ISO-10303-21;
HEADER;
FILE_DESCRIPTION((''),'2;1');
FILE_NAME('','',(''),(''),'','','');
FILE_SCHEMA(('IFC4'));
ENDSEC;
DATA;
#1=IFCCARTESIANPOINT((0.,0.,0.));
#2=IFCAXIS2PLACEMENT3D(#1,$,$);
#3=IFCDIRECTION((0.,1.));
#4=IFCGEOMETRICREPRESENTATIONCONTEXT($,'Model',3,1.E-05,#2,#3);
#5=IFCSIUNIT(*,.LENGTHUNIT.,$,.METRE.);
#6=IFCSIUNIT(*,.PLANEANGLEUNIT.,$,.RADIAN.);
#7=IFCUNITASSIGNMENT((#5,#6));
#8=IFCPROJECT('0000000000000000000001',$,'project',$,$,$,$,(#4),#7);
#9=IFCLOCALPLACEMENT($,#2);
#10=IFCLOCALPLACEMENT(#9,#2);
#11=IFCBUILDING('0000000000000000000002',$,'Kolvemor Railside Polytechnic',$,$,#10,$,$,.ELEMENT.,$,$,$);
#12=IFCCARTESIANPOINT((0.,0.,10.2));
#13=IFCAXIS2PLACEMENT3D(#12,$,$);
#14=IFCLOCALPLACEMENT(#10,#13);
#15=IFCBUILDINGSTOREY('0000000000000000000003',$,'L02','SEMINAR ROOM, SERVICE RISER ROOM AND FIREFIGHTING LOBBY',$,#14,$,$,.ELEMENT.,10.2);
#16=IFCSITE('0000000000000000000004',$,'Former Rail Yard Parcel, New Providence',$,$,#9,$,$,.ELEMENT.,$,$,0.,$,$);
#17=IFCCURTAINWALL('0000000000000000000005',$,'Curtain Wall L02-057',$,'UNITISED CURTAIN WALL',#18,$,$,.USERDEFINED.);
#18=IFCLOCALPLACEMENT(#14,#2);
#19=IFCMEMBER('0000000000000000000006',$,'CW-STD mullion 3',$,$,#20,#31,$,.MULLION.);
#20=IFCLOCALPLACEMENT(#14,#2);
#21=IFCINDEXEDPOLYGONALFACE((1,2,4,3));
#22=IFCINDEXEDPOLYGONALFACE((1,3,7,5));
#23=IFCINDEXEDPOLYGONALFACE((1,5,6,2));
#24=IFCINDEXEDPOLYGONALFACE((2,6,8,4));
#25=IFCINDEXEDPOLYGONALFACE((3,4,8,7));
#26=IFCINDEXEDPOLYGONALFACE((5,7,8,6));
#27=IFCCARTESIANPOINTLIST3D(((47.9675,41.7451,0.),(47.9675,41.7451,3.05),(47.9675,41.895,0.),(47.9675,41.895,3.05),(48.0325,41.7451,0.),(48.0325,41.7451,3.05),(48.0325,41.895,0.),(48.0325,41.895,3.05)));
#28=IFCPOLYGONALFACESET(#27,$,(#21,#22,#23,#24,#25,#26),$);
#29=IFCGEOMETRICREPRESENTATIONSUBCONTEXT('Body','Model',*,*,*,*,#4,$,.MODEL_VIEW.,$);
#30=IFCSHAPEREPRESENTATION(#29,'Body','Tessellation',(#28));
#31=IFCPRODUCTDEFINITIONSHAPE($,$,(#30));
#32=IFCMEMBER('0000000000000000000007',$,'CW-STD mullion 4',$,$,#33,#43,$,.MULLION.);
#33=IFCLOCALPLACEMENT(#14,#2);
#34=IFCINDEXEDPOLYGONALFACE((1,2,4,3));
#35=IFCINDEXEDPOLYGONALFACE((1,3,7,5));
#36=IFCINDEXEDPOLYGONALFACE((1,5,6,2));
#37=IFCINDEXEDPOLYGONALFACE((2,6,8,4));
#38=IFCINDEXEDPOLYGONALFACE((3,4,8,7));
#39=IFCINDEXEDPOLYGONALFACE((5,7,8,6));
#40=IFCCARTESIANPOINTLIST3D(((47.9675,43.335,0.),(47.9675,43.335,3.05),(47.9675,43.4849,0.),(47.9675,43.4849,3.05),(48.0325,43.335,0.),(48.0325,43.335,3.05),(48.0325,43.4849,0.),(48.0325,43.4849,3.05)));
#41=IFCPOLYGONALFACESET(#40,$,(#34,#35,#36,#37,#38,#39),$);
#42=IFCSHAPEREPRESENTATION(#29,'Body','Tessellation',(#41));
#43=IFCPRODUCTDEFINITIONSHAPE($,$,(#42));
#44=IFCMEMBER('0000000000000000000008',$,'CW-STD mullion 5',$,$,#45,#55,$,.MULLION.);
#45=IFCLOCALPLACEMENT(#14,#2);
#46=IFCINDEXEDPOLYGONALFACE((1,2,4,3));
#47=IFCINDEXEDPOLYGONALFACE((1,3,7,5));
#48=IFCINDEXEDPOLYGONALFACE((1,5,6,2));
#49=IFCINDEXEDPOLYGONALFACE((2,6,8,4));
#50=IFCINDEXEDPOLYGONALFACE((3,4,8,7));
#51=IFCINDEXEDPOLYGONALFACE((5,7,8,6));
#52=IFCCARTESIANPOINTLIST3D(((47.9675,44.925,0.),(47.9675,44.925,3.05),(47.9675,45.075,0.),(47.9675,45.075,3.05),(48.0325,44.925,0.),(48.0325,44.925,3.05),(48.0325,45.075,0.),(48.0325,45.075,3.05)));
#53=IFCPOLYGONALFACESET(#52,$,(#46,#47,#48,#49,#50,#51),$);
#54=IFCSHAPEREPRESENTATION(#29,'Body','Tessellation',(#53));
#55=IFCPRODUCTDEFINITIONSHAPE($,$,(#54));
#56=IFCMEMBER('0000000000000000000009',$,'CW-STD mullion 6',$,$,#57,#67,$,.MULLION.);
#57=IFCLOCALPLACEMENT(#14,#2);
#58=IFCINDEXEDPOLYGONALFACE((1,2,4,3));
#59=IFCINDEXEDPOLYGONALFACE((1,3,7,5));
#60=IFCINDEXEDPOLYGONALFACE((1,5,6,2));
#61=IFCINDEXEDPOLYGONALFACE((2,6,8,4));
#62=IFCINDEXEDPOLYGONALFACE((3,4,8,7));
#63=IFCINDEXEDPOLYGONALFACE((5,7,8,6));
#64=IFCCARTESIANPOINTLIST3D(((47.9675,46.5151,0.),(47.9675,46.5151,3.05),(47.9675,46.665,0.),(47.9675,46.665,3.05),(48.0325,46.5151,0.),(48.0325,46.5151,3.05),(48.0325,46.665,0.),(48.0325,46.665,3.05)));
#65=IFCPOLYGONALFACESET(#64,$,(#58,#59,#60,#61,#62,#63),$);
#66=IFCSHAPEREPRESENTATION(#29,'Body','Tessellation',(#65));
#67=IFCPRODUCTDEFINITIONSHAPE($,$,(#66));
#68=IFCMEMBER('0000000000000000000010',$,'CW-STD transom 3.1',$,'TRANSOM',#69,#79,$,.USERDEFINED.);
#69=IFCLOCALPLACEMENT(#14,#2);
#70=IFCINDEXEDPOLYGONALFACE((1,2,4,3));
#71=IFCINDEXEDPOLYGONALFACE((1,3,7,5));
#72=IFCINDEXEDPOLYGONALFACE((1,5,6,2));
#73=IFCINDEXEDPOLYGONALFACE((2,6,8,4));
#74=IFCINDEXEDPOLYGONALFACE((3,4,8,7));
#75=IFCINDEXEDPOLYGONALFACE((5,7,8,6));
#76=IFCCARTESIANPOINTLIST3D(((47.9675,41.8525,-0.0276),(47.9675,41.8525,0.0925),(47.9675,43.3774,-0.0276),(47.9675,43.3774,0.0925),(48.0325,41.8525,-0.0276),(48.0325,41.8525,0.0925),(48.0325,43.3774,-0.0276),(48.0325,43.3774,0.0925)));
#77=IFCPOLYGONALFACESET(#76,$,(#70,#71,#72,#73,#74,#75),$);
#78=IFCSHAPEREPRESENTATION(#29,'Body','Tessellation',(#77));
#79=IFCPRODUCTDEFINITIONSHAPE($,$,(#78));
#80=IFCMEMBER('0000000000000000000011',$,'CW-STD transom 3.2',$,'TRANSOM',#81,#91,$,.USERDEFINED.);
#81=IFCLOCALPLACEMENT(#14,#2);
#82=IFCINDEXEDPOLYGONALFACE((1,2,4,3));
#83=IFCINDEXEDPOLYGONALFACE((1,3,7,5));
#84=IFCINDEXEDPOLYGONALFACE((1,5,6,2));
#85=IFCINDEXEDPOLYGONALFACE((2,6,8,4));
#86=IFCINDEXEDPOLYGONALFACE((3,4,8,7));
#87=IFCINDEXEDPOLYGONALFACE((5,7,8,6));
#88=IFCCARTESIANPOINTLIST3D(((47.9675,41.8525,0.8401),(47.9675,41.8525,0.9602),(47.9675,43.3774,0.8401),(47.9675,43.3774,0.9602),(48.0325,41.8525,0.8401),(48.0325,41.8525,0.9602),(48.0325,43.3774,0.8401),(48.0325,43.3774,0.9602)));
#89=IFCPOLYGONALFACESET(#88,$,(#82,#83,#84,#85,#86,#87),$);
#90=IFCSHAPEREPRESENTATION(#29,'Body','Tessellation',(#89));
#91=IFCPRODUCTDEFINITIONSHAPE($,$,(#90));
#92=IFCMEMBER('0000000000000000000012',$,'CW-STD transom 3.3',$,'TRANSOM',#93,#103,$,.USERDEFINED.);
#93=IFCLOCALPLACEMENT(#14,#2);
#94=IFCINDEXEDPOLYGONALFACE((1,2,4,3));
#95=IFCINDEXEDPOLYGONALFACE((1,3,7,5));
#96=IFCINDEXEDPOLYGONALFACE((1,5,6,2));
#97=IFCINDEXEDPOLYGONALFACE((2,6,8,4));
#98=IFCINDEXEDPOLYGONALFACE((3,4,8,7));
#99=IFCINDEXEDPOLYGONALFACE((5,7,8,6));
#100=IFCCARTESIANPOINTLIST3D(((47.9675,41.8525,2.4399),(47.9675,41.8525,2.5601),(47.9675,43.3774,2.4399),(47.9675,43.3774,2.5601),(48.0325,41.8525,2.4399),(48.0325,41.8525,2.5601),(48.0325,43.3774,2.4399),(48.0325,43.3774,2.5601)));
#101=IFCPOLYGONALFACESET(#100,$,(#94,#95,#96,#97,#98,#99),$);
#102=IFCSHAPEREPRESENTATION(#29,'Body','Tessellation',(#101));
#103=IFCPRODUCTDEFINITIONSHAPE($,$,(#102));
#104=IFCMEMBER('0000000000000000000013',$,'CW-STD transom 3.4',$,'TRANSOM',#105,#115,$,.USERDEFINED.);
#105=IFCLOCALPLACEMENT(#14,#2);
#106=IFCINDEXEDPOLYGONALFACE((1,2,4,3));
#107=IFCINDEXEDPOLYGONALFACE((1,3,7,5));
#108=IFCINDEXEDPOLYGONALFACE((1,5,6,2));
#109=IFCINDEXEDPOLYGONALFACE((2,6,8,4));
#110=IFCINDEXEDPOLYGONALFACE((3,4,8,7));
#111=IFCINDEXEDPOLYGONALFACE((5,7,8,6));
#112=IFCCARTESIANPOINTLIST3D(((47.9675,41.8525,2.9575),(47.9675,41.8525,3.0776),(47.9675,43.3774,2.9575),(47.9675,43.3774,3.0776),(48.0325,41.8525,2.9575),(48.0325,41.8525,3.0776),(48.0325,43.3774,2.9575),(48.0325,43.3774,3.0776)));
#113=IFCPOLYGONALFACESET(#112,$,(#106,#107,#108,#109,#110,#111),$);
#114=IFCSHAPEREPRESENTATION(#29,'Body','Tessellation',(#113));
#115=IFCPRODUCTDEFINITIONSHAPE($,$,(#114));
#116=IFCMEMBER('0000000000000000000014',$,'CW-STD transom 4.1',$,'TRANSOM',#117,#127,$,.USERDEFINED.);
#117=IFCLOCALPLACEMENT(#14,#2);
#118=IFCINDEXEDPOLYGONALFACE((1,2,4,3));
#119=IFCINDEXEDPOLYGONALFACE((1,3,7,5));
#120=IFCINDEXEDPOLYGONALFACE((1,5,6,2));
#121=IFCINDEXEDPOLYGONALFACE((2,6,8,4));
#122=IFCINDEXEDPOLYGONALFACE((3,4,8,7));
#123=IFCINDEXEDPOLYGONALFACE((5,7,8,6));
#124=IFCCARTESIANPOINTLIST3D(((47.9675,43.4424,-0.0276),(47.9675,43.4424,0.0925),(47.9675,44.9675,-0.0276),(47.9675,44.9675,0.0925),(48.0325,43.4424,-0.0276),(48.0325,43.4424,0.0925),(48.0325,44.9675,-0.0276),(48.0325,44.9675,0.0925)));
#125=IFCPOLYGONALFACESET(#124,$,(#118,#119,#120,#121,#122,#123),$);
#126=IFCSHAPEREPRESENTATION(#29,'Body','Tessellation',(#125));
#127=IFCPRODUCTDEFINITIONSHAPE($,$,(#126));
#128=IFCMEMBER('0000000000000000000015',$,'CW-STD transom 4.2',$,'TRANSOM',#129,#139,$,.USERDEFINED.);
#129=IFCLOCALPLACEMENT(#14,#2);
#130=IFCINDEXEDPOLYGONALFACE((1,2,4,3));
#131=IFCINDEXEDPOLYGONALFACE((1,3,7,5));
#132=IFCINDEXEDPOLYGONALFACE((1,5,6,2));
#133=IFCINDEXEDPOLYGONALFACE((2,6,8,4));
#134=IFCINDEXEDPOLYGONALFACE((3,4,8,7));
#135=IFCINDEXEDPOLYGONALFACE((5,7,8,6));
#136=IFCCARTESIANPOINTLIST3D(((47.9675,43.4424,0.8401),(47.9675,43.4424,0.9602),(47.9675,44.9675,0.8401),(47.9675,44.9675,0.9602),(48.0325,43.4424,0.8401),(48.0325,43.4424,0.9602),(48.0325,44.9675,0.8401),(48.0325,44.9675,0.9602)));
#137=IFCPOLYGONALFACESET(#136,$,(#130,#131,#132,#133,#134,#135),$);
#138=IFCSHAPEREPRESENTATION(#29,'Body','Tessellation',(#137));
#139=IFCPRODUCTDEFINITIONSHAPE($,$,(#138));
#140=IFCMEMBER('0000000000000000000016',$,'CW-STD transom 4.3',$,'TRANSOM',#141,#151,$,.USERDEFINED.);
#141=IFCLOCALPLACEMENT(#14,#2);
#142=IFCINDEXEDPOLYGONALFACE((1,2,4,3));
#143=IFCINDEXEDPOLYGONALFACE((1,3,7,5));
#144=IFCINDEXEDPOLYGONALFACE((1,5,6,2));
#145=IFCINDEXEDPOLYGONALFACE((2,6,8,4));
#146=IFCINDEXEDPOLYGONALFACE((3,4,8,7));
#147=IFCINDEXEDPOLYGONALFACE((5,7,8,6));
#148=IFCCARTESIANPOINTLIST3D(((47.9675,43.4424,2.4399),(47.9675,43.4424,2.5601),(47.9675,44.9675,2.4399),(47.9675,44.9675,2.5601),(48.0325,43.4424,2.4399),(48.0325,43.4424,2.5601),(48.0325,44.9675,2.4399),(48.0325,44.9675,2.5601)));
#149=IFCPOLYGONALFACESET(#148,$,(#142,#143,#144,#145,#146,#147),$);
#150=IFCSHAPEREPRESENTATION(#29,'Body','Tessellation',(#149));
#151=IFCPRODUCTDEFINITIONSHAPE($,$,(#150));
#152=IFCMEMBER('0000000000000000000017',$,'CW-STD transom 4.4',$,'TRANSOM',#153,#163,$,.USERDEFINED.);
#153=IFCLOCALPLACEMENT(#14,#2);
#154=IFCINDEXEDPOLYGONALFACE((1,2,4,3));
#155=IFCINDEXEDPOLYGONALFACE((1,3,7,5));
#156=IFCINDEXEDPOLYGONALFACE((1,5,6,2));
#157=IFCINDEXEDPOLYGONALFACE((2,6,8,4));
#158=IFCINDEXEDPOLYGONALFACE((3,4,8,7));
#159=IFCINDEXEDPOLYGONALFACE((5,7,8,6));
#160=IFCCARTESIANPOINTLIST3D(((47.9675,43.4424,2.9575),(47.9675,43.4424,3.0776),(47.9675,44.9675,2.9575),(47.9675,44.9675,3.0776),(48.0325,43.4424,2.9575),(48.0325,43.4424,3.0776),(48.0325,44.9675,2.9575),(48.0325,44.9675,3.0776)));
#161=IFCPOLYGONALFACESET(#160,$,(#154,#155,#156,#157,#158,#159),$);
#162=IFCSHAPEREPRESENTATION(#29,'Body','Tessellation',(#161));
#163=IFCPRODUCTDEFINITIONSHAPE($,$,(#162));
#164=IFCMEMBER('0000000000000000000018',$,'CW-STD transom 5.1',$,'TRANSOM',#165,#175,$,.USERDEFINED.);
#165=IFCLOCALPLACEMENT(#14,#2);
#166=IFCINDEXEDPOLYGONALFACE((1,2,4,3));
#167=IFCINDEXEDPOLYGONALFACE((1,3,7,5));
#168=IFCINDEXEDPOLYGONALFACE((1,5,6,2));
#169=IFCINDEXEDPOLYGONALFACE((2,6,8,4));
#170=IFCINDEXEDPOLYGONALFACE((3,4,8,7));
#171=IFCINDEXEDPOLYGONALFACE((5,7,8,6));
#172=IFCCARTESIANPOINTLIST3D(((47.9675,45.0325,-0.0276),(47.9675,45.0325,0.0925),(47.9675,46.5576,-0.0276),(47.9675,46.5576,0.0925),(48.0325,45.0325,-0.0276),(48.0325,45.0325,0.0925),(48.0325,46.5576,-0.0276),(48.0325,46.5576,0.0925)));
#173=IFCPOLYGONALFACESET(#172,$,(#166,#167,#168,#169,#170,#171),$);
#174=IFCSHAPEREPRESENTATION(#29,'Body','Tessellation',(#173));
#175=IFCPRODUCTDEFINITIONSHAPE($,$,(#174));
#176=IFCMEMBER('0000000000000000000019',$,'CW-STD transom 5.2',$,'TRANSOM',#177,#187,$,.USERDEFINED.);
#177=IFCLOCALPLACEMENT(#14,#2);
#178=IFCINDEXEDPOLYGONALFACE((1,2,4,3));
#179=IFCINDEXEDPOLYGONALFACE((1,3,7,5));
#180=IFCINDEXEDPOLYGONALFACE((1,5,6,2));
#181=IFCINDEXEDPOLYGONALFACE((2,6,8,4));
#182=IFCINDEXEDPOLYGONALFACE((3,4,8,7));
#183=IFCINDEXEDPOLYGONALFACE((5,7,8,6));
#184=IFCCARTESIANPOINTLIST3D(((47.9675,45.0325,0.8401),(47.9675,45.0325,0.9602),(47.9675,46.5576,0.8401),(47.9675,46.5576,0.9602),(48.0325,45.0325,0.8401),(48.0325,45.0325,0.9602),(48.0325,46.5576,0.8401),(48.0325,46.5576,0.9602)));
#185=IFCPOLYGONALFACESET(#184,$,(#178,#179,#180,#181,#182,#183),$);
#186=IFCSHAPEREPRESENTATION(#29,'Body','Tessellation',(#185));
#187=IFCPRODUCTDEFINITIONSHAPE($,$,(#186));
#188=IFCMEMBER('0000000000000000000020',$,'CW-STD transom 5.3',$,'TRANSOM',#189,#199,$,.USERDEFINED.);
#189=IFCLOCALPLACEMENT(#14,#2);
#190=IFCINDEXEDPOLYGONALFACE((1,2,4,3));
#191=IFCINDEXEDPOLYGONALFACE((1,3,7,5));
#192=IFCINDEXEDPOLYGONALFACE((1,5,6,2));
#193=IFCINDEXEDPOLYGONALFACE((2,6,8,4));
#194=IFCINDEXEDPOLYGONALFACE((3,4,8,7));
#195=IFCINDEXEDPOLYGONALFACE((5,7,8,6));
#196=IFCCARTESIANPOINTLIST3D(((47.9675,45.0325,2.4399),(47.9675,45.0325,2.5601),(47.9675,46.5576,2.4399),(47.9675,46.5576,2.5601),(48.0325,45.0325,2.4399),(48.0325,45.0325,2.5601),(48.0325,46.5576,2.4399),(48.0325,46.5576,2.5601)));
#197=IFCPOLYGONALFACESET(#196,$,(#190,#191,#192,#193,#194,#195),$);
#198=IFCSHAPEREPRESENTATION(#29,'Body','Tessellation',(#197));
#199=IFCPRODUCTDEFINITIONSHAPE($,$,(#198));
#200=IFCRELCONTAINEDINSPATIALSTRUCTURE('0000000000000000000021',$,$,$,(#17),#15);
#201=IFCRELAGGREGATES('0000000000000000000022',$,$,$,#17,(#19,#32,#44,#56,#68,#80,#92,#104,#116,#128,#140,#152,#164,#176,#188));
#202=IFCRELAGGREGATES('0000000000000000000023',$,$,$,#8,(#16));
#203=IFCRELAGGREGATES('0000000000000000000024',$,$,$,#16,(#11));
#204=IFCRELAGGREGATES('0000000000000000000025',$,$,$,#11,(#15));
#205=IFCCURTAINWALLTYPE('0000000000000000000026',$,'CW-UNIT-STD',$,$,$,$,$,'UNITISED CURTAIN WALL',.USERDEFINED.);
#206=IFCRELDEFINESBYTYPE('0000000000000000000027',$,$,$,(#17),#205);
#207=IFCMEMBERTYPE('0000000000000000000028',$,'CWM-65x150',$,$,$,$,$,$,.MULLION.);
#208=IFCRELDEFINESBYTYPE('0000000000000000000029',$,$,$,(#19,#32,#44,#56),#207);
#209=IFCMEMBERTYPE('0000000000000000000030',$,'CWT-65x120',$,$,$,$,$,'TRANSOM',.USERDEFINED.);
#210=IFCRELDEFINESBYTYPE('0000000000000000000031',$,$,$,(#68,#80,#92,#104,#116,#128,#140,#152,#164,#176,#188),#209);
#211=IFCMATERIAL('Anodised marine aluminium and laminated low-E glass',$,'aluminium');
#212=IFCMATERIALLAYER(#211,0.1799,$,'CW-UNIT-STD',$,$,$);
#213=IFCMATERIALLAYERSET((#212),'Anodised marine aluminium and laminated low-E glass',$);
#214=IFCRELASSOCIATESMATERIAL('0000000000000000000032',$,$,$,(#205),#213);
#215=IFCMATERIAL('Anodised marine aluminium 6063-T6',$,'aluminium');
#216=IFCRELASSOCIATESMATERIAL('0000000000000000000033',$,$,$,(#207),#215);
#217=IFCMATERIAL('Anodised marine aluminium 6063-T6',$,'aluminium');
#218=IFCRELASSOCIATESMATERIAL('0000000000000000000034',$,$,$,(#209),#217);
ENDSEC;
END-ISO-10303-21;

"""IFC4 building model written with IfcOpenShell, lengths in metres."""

from ifc_helpers import new_model, si_unit, direction, frame, origin, origin_2d, place, context, subcontext, project, spatial, rectangle, extrude, material, layer, layer_set, material_profile, profile_set, type_object, element, aggregate, save


model = new_model("IFC4")

# Units and contexts
model_context = context("Model", 3, precision=1e-05, world=origin(), true_north=direction((0.0, 1.0)))
body_context = subcontext(model_context, "Body", "Model", "MODEL_VIEW")
ifc_project = project(units=[si_unit("LENGTHUNIT", "METRE"), si_unit("PLANEANGLEUNIT", "RADIAN")], contexts=[model_context])

# Site, building, storey
site_placement = place(None, origin())
site = spatial("IfcSite", under=ifc_project, at=site_placement, Name="Former Rail Yard Parcel, New Providence", CompositionType="ELEMENT", RefElevation=0.0)
building_placement = place(site_placement, origin())
building = spatial("IfcBuilding", under=site, at=building_placement, Name="Kolvemor Railside Polytechnic", CompositionType="ELEMENT")
storey_placement = place(building_placement, frame((0.0, 0.0, 10.2)))
storey = spatial("IfcBuildingStorey", under=building, at=storey_placement, Name="L02", Description="SEMINAR ROOM, SERVICE RISER ROOM AND FIREFIGHTING LOBBY", CompositionType="ELEMENT", Elevation=10.2)

# Curtain wall, members
ifc_material_1 = material(Name="Anodised marine aluminium and laminated low-E glass", Category="aluminium")
ifc_layer_1 = layer(ifc_material_1, 0.1799, Name="CW-UNIT-STD")
ifc_layer_set_1 = layer_set([ifc_layer_1], Name="Anodised marine aluminium and laminated low-E glass")
curtain_wall_type = type_object("IfcCurtainWallType", Name="CW-UNIT-STD", ElementType="UNITISED CURTAIN WALL", PredefinedType="USERDEFINED", material=ifc_layer_set_1)
curtain_wall_placement = place(storey_placement, origin())
curtain_wall = element("IfcCurtainWall", 1, at=curtain_wall_placement, inside=storey, type_object=curtain_wall_type, Name="Curtain Wall L02-057", ObjectType="UNITISED CURTAIN WALL", PredefinedType="USERDEFINED")
ifc_material_2 = material(Name="Anodised marine aluminium 6063-T6", Category="aluminium")
ifc_material_profile_1 = material_profile(ifc_material_2, rectangle(XDim=0.0649, YDim=0.1499, at=origin_2d()), Name="CW-MUL-65x150")
ifc_profile_set_1 = profile_set([ifc_material_profile_1], Name="Anodised marine aluminium 6063-T6")
member_type_1 = type_object("IfcMemberType", Name="CWM-65x150", PredefinedType="MULLION", material=ifc_profile_set_1)
member_1_placement = place(storey_placement, frame((48.0, 41.8201, 0.0), z_axis=(0.0, 0.0, 1.0), x_axis=(-1.0, 0.0, 0.0)))
member_1 = element("IfcMember", 2, at=member_1_placement, type_object=member_type_1, Name="CW-STD mullion 3", PredefinedType="MULLION", context=body_context, shape_type="SweptSolid", body=[
    extrude(rectangle(XDim=0.0649, YDim=0.1499, at=origin_2d()), origin(), (0.0, 0.0, 1.0), 3.05),
])
member_2_placement = place(storey_placement, frame((48.0, 43.4099, 0.0), z_axis=(0.0, 0.0, 1.0), x_axis=(-1.0, 0.0, 0.0)))
member_2 = element("IfcMember", 3, at=member_2_placement, type_object=member_type_1, Name="CW-STD mullion 4", PredefinedType="MULLION", context=body_context, shape_type="SweptSolid", body=[
    extrude(rectangle(XDim=0.0649, YDim=0.1499, at=origin_2d()), origin(), (0.0, 0.0, 1.0), 3.05),
])
member_3_placement = place(storey_placement, frame((48.0, 45.0, 0.0), z_axis=(0.0, 0.0, 1.0), x_axis=(-1.0, 0.0, 0.0)))
member_3 = element("IfcMember", 4, at=member_3_placement, type_object=member_type_1, Name="CW-STD mullion 5", PredefinedType="MULLION", context=body_context, shape_type="SweptSolid", body=[
    extrude(rectangle(XDim=0.0649, YDim=0.1499, at=origin_2d()), origin(), (0.0, 0.0, 1.0), 3.05),
])
member_4_placement = place(storey_placement, frame((48.0, 46.5901, 0.0), z_axis=(0.0, 0.0, 1.0), x_axis=(-1.0, 0.0, 0.0)))
member_4 = element("IfcMember", 5, at=member_4_placement, type_object=member_type_1, Name="CW-STD mullion 6", PredefinedType="MULLION", context=body_context, shape_type="SweptSolid", body=[
    extrude(rectangle(XDim=0.0649, YDim=0.1499, at=origin_2d()), origin(), (0.0, 0.0, 1.0), 3.05),
])
ifc_material_3 = material(Name="Anodised marine aluminium 6063-T6", Category="aluminium")
ifc_material_profile_2 = material_profile(ifc_material_3, rectangle(XDim=0.0649, YDim=0.1201, at=origin_2d()), Name="CW-TRN-65x120")
ifc_profile_set_2 = profile_set([ifc_material_profile_2], Name="Anodised marine aluminium 6063-T6")
member_type_2 = type_object("IfcMemberType", Name="CWT-65x120", ElementType="TRANSOM", PredefinedType="USERDEFINED", material=ifc_profile_set_2)
member_5_placement = place(storey_placement, frame((48.0, 41.8525, 0.0325), z_axis=(0.0, 1.0, 0.0), x_axis=(-1.0, 0.0, 0.0)))
member_5 = element("IfcMember", 6, at=member_5_placement, type_object=member_type_2, Name="CW-STD transom 3.1", ObjectType="TRANSOM", PredefinedType="USERDEFINED", context=body_context, shape_type="SweptSolid", body=[
    extrude(rectangle(XDim=0.0649, YDim=0.1201, at=origin_2d()), origin(), (0.0, 0.0, 1.0), 1.5249),
])
member_6_placement = place(storey_placement, frame((48.0, 41.8525, 0.9001), z_axis=(0.0, 1.0, 0.0), x_axis=(-1.0, 0.0, 0.0)))
member_6 = element("IfcMember", 7, at=member_6_placement, type_object=member_type_2, Name="CW-STD transom 3.2", ObjectType="TRANSOM", PredefinedType="USERDEFINED", context=body_context, shape_type="SweptSolid", body=[
    extrude(rectangle(XDim=0.0649, YDim=0.1201, at=origin_2d()), origin(), (0.0, 0.0, 1.0), 1.5249),
])
member_7_placement = place(storey_placement, frame((48.0, 41.8525, 2.5), z_axis=(0.0, 1.0, 0.0), x_axis=(-1.0, 0.0, 0.0)))
member_7 = element("IfcMember", 8, at=member_7_placement, type_object=member_type_2, Name="CW-STD transom 3.3", ObjectType="TRANSOM", PredefinedType="USERDEFINED", context=body_context, shape_type="SweptSolid", body=[
    extrude(rectangle(XDim=0.0649, YDim=0.1201, at=origin_2d()), origin(), (0.0, 0.0, 1.0), 1.5249),
])
member_8_placement = place(storey_placement, frame((48.0, 41.8525, 3.0176), z_axis=(0.0, 1.0, 0.0), x_axis=(-1.0, 0.0, 0.0)))
member_8 = element("IfcMember", 9, at=member_8_placement, type_object=member_type_2, Name="CW-STD transom 3.4", ObjectType="TRANSOM", PredefinedType="USERDEFINED", context=body_context, shape_type="SweptSolid", body=[
    extrude(rectangle(XDim=0.0649, YDim=0.1201, at=origin_2d()), origin(), (0.0, 0.0, 1.0), 1.5249),
])
member_9_placement = place(storey_placement, frame((48.0, 43.4424, 0.0325), z_axis=(0.0, 1.0, 0.0), x_axis=(-1.0, 0.0, 0.0)))
member_9 = element("IfcMember", 10, at=member_9_placement, type_object=member_type_2, Name="CW-STD transom 4.1", ObjectType="TRANSOM", PredefinedType="USERDEFINED", context=body_context, shape_type="SweptSolid", body=[
    extrude(rectangle(XDim=0.0649, YDim=0.1201, at=origin_2d()), origin(), (0.0, 0.0, 1.0), 1.5251),
])
member_10_placement = place(storey_placement, frame((48.0, 43.4424, 0.9001), z_axis=(0.0, 1.0, 0.0), x_axis=(-1.0, 0.0, 0.0)))
member_10 = element("IfcMember", 11, at=member_10_placement, type_object=member_type_2, Name="CW-STD transom 4.2", ObjectType="TRANSOM", PredefinedType="USERDEFINED", context=body_context, shape_type="SweptSolid", body=[
    extrude(rectangle(XDim=0.0649, YDim=0.1201, at=origin_2d()), origin(), (0.0, 0.0, 1.0), 1.5251),
])
member_11_placement = place(storey_placement, frame((48.0, 43.4424, 2.5), z_axis=(0.0, 1.0, 0.0), x_axis=(-1.0, 0.0, 0.0)))
member_11 = element("IfcMember", 12, at=member_11_placement, type_object=member_type_2, Name="CW-STD transom 4.3", ObjectType="TRANSOM", PredefinedType="USERDEFINED", context=body_context, shape_type="SweptSolid", body=[
    extrude(rectangle(XDim=0.0649, YDim=0.1201, at=origin_2d()), origin(), (0.0, 0.0, 1.0), 1.5251),
])
member_12_placement = place(storey_placement, frame((48.0, 43.4424, 3.0176), z_axis=(0.0, 1.0, 0.0), x_axis=(-1.0, 0.0, 0.0)))
member_12 = element("IfcMember", 13, at=member_12_placement, type_object=member_type_2, Name="CW-STD transom 4.4", ObjectType="TRANSOM", PredefinedType="USERDEFINED", context=body_context, shape_type="SweptSolid", body=[
    extrude(rectangle(XDim=0.0649, YDim=0.1201, at=origin_2d()), origin(), (0.0, 0.0, 1.0), 1.5251),
])
member_13_placement = place(storey_placement, frame((48.0, 45.0325, 0.0325), z_axis=(0.0, 1.0, 0.0), x_axis=(-1.0, 0.0, 0.0)))
member_13 = element("IfcMember", 14, at=member_13_placement, type_object=member_type_2, Name="CW-STD transom 5.1", ObjectType="TRANSOM", PredefinedType="USERDEFINED", context=body_context, shape_type="SweptSolid", body=[
    extrude(rectangle(XDim=0.0649, YDim=0.1201, at=origin_2d()), origin(), (0.0, 0.0, 1.0), 1.5251),
])
member_14_placement = place(storey_placement, frame((48.0, 45.0325, 0.9001), z_axis=(0.0, 1.0, 0.0), x_axis=(-1.0, 0.0, 0.0)))
member_14 = element("IfcMember", 15, at=member_14_placement, type_object=member_type_2, Name="CW-STD transom 5.2", ObjectType="TRANSOM", PredefinedType="USERDEFINED", context=body_context, shape_type="SweptSolid", body=[
    extrude(rectangle(XDim=0.0649, YDim=0.1201, at=origin_2d()), origin(), (0.0, 0.0, 1.0), 1.5251),
])
member_15_placement = place(storey_placement, frame((48.0, 45.0325, 2.5), z_axis=(0.0, 1.0, 0.0), x_axis=(-1.0, 0.0, 0.0)))
member_15 = element("IfcMember", 16, at=member_15_placement, type_object=member_type_2, Name="CW-STD transom 5.3", ObjectType="TRANSOM", PredefinedType="USERDEFINED", context=body_context, shape_type="SweptSolid", body=[
    extrude(rectangle(XDim=0.0649, YDim=0.1201, at=origin_2d()), origin(), (0.0, 0.0, 1.0), 1.5251),
])
aggregate(curtain_wall, [member_1, member_2, member_3, member_4, member_5, member_6, member_7, member_8, member_9, member_10, member_11, member_12, member_13, member_14, member_15])

save(model, "model.ifc")
